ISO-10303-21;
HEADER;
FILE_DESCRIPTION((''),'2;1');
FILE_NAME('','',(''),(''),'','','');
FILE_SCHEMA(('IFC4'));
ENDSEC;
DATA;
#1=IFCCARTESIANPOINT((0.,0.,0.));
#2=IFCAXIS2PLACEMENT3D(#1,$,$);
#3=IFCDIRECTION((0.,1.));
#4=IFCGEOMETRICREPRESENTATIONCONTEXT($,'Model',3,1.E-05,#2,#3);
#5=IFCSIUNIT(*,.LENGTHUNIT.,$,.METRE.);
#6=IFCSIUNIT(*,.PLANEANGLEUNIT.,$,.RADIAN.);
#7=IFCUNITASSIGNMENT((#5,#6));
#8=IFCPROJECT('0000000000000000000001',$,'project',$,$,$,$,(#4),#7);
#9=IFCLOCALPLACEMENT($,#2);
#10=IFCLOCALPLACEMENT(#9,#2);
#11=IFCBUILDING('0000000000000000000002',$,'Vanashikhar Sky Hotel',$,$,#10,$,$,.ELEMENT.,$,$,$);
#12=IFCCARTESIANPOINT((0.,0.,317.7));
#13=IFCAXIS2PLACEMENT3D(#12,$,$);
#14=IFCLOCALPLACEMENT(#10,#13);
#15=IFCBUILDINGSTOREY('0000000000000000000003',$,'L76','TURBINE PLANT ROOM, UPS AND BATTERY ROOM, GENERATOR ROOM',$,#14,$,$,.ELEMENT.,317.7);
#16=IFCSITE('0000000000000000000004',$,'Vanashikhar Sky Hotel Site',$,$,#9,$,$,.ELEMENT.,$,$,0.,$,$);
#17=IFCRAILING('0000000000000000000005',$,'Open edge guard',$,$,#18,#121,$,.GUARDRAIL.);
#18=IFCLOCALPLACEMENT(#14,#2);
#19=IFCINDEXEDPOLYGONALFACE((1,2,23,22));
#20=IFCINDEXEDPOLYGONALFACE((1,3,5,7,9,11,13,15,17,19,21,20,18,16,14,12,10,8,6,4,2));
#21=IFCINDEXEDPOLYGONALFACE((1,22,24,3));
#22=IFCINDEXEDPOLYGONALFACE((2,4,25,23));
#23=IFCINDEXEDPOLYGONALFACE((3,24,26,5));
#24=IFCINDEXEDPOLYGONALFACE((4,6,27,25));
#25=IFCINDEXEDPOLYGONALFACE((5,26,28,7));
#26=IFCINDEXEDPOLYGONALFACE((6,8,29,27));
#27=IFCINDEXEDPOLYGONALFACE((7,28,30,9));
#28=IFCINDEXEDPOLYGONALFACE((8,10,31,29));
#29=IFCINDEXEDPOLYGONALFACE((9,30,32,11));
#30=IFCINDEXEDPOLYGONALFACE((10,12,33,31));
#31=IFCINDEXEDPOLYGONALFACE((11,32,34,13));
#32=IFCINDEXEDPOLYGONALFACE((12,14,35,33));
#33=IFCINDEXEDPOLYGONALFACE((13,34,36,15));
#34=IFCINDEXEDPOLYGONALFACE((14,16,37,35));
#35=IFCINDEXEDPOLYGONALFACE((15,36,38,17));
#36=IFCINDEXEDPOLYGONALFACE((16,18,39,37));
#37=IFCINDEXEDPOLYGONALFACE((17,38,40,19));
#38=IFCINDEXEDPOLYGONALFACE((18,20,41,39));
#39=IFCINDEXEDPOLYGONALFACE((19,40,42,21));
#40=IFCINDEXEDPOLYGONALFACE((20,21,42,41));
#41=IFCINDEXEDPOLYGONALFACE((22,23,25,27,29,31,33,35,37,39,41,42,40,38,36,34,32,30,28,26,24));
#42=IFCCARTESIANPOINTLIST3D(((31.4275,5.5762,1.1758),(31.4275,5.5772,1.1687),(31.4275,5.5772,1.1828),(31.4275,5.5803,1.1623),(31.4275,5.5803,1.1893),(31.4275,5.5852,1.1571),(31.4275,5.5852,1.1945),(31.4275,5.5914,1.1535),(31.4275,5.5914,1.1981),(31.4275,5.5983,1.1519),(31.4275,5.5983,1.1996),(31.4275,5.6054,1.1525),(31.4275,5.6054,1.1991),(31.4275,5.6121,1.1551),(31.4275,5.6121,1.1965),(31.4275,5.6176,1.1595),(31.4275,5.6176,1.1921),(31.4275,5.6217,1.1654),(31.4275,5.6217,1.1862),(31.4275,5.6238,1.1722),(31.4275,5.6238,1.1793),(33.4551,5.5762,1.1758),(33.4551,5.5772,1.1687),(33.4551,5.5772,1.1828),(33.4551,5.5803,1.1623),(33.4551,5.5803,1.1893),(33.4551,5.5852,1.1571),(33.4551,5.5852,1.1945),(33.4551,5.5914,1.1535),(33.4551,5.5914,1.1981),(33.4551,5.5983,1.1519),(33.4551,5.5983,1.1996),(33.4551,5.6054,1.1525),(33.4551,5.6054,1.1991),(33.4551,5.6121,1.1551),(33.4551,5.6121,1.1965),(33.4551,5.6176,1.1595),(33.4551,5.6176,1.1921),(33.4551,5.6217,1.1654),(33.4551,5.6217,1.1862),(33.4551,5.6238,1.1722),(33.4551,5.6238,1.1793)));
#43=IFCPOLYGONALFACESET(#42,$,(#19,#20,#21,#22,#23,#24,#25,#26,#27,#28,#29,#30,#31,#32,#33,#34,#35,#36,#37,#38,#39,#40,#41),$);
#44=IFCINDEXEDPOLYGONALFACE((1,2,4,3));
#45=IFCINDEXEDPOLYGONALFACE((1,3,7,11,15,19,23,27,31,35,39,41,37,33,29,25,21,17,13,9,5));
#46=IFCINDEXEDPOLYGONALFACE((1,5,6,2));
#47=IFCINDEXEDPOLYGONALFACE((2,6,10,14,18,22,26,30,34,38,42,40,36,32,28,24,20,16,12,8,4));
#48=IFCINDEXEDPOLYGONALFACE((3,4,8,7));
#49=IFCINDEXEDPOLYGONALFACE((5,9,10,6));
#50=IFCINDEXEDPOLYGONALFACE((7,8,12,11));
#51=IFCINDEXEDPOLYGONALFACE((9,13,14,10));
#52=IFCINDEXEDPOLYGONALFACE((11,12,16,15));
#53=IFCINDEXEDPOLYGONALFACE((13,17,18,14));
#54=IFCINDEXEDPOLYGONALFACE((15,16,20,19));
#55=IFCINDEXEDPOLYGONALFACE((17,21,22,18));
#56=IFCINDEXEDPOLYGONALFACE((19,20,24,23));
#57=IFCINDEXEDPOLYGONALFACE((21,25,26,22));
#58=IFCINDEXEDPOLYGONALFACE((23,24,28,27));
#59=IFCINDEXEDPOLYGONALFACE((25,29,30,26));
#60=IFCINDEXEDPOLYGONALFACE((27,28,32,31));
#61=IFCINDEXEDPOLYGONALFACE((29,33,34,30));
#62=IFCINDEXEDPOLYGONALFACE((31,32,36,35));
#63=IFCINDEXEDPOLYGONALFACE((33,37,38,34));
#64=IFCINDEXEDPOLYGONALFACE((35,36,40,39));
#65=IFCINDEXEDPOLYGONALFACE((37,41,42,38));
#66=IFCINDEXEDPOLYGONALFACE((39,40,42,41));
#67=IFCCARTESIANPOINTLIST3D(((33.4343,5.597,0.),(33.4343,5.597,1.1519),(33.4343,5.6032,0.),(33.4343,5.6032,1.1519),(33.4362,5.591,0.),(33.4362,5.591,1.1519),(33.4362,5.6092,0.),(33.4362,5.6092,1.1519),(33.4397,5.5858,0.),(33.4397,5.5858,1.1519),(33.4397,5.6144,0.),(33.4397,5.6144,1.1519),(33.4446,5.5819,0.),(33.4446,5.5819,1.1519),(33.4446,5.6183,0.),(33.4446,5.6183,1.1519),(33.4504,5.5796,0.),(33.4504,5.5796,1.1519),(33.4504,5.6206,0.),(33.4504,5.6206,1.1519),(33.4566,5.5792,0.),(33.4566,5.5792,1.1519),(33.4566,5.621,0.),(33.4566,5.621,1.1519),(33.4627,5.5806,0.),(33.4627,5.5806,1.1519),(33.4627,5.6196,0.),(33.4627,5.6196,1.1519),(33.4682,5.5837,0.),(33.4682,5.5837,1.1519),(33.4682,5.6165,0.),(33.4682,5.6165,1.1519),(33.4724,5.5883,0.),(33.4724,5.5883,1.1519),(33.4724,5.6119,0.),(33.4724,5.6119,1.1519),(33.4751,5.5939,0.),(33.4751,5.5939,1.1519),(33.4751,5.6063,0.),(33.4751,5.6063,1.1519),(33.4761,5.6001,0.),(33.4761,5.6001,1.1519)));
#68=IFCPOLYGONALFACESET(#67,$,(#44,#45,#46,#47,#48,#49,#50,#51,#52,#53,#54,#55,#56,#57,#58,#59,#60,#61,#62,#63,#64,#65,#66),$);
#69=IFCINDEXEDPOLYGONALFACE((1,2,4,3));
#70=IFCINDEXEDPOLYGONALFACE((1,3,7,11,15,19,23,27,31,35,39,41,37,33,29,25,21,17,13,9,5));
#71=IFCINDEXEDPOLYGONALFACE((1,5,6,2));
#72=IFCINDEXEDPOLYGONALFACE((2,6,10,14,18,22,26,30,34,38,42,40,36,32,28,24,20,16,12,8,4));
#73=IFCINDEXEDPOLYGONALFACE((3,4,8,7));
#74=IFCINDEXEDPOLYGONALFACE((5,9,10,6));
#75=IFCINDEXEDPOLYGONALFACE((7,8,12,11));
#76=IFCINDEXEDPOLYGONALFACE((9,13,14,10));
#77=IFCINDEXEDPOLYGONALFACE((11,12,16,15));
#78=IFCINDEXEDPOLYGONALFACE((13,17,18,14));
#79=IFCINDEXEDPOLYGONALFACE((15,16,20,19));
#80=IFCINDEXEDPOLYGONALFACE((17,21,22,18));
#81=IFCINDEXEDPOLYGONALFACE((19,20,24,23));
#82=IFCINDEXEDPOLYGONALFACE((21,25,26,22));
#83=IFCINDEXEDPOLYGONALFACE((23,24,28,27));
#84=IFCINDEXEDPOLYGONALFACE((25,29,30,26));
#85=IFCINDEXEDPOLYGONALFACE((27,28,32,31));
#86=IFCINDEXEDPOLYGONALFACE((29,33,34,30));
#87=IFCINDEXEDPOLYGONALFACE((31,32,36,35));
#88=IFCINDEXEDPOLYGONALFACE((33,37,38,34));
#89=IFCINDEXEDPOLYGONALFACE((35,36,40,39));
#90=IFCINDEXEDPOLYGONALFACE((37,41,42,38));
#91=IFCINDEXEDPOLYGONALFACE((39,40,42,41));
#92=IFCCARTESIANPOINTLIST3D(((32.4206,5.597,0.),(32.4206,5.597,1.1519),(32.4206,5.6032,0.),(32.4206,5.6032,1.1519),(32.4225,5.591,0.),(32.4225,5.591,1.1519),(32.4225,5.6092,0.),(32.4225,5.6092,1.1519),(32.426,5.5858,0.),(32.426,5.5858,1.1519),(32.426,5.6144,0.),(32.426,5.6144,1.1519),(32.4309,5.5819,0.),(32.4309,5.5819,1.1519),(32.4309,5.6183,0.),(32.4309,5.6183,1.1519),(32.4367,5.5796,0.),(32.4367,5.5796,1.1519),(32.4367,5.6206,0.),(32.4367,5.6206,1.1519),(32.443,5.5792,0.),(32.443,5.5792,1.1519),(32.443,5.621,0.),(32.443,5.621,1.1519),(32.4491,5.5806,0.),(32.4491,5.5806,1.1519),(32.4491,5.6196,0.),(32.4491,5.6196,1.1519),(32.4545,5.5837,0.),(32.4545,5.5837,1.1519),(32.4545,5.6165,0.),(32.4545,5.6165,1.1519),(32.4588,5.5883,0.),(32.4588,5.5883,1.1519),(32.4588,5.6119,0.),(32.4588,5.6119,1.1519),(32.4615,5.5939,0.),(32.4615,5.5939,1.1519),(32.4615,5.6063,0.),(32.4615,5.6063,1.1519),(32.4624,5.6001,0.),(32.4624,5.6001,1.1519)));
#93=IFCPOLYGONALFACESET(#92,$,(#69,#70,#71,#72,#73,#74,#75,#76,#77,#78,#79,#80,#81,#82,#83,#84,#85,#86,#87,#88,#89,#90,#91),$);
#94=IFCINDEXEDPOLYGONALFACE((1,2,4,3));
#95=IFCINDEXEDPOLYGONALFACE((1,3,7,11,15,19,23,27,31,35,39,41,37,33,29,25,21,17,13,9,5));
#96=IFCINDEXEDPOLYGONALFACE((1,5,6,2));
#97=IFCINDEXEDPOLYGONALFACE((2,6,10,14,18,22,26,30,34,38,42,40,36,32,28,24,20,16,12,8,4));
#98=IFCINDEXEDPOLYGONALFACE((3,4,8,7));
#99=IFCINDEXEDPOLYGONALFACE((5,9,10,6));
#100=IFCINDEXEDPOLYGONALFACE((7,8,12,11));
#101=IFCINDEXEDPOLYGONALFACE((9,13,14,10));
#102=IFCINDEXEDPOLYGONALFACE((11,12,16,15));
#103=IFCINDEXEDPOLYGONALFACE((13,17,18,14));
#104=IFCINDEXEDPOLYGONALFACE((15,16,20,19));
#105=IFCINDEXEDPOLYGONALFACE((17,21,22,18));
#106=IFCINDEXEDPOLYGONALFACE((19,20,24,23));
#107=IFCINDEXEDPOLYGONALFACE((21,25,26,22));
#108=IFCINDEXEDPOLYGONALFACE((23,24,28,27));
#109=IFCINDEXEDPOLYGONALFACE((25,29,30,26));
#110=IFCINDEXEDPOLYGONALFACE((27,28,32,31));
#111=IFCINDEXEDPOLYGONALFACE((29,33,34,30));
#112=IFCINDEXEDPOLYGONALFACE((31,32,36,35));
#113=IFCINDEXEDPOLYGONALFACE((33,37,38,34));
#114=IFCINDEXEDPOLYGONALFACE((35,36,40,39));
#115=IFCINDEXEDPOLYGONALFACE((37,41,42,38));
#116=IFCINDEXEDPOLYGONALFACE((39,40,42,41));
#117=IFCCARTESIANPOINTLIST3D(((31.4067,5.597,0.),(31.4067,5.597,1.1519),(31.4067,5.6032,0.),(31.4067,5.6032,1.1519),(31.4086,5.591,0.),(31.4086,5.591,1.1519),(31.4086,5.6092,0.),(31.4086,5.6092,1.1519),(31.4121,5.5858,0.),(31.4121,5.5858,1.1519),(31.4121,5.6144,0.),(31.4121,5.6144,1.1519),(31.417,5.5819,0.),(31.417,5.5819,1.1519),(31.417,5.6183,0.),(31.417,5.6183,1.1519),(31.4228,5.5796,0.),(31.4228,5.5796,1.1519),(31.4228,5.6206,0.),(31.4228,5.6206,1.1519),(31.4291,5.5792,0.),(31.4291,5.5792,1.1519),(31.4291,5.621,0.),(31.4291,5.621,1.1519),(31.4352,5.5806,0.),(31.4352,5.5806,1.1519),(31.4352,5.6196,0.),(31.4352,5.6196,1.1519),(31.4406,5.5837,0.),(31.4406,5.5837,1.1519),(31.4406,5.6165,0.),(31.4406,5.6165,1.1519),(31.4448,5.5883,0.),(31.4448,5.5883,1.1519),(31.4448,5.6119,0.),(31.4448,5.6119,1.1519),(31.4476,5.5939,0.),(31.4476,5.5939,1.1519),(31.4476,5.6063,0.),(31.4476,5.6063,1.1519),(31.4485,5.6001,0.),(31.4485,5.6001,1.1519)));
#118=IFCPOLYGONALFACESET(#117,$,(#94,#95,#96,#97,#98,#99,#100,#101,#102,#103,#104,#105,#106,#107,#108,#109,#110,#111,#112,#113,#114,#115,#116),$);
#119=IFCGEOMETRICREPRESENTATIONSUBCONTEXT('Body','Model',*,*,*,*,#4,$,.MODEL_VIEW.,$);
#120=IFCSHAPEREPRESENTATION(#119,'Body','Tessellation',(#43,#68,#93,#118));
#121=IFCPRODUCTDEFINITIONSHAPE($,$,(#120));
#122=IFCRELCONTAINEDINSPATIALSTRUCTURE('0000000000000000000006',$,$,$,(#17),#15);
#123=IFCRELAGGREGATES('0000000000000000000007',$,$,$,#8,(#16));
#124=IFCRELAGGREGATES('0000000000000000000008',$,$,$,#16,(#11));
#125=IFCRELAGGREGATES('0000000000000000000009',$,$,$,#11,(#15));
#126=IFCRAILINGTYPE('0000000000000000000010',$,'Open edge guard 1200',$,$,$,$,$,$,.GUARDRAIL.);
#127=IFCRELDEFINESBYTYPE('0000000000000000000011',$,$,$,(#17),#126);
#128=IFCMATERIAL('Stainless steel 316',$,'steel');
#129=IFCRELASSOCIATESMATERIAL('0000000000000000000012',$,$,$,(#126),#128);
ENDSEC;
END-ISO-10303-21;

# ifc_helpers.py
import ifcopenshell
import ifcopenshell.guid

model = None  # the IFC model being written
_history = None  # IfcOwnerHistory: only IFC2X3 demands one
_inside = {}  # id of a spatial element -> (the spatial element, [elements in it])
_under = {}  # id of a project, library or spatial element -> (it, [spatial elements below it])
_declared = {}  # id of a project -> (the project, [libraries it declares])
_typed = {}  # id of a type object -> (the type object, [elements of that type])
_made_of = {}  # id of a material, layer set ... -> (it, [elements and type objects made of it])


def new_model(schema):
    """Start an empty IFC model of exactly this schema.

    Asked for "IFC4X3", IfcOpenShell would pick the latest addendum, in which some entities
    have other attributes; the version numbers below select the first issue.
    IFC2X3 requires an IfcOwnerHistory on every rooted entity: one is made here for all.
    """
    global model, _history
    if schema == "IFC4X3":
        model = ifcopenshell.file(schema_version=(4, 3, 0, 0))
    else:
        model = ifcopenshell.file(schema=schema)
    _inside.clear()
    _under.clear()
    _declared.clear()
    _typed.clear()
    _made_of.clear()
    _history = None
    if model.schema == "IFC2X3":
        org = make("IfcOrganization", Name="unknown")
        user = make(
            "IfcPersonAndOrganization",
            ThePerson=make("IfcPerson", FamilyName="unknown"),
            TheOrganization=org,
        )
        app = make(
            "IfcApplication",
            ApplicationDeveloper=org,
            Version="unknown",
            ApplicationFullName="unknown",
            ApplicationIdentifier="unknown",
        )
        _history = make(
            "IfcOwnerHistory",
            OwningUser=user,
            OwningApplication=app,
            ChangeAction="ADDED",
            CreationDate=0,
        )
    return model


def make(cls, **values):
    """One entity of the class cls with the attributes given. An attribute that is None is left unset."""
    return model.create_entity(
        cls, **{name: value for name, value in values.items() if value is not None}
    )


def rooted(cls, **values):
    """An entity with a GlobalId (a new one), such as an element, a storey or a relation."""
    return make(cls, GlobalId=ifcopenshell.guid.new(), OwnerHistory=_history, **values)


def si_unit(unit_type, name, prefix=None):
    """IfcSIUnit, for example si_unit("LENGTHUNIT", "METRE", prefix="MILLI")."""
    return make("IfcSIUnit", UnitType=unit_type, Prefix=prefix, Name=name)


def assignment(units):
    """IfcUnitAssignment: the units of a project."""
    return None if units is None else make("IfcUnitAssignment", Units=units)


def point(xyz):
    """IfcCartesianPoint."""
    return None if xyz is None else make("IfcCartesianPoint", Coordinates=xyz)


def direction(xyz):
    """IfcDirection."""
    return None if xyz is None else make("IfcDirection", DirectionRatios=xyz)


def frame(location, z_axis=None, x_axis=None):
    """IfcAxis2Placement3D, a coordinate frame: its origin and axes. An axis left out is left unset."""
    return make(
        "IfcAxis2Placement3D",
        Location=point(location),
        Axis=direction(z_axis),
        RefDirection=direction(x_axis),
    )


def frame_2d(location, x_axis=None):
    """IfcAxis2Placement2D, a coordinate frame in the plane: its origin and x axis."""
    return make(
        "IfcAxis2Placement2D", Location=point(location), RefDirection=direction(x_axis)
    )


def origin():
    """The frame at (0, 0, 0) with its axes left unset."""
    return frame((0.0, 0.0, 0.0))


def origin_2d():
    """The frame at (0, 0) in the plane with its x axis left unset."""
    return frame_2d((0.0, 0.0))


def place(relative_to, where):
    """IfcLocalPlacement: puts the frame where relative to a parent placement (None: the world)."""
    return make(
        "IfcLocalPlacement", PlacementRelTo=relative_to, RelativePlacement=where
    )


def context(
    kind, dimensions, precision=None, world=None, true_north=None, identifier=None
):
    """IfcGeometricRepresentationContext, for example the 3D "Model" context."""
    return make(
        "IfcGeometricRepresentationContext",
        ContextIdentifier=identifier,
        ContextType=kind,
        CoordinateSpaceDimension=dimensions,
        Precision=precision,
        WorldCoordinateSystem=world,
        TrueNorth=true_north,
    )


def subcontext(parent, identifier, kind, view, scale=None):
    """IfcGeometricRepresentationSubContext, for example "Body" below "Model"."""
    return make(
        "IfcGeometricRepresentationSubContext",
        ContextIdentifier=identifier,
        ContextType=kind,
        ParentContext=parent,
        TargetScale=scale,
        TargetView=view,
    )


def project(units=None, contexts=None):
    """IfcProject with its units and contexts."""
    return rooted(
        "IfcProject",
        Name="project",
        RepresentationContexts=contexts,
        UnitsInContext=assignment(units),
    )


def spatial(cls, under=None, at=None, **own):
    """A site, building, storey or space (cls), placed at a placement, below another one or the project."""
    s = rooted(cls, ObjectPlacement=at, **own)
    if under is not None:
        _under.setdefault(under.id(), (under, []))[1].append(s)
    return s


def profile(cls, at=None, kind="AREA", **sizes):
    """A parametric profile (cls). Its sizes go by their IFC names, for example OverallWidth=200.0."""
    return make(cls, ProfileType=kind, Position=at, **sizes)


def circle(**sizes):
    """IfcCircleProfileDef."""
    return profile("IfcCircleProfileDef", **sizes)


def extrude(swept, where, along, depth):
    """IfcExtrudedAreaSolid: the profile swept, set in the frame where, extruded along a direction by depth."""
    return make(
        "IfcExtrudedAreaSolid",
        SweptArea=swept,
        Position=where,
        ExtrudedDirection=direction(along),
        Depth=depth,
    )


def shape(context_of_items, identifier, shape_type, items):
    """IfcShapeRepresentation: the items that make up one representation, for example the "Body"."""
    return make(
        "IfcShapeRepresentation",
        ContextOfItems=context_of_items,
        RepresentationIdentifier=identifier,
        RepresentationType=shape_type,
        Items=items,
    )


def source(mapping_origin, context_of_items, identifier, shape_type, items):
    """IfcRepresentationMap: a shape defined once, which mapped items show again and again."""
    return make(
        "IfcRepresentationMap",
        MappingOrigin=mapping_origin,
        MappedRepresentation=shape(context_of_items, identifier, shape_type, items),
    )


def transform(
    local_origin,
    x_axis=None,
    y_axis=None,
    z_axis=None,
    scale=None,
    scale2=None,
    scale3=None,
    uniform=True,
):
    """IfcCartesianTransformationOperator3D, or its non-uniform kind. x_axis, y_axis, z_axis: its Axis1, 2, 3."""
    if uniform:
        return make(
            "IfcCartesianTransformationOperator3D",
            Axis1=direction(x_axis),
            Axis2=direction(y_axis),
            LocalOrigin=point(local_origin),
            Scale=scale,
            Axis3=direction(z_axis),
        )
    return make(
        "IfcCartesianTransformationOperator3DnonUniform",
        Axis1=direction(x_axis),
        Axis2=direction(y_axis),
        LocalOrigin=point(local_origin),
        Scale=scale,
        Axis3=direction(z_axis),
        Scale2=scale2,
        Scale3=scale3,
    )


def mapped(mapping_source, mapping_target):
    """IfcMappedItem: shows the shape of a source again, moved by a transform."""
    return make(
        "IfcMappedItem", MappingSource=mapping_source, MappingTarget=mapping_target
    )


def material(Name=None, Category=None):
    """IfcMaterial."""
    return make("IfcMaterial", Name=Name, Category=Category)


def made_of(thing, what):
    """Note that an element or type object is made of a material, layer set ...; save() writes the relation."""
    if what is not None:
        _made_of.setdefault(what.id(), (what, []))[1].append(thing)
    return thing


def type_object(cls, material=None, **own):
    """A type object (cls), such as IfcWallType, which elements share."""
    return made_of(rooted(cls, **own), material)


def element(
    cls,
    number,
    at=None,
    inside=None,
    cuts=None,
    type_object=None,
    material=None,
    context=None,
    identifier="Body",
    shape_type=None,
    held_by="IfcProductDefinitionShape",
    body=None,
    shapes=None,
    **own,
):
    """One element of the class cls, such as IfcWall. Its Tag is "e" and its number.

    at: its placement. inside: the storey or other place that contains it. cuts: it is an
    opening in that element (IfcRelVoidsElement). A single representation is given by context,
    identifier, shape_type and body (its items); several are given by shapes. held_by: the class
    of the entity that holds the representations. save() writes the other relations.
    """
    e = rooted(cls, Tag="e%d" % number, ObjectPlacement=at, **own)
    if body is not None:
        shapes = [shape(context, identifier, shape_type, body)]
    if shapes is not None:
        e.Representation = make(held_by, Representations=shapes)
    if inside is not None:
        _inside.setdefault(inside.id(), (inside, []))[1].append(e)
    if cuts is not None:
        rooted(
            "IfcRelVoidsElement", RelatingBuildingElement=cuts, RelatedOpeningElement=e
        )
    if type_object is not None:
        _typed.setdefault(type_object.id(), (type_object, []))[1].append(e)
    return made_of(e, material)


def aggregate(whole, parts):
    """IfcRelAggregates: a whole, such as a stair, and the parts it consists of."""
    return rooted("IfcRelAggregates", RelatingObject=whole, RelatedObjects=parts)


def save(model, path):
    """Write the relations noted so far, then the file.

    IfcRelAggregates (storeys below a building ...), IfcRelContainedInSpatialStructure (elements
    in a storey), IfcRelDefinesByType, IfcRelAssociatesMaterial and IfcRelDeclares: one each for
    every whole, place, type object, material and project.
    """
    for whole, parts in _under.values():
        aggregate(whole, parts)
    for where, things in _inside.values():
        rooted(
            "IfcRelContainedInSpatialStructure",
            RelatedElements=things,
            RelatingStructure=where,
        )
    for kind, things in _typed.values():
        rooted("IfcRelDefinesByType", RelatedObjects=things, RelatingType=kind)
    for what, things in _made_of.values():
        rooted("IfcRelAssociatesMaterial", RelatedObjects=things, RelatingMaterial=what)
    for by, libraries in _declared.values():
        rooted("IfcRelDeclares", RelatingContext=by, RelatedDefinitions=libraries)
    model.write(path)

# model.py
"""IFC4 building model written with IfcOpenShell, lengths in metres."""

from ifc_helpers import new_model, si_unit, direction, frame, origin, origin_2d, place, context, subcontext, project, spatial, circle, extrude, source, transform, mapped, material, type_object, element, save


model = new_model("IFC4")

# Units and contexts
model_context = context("Model", 3, precision=1e-05, world=origin(), true_north=direction((0.0, 1.0)))
body_context = subcontext(model_context, "Body", "Model", "MODEL_VIEW")
ifc_project = project(units=[si_unit("LENGTHUNIT", "METRE"), si_unit("PLANEANGLEUNIT", "RADIAN")], contexts=[model_context])

# Site, building, storey
site_placement = place(None, origin())
site = spatial("IfcSite", under=ifc_project, at=site_placement, Name="Vanashikhar Sky Hotel Site", CompositionType="ELEMENT", RefElevation=0.0)
building_placement = place(site_placement, origin())
building = spatial("IfcBuilding", under=site, at=building_placement, Name="Vanashikhar Sky Hotel", CompositionType="ELEMENT")
storey_placement = place(building_placement, frame((0.0, 0.0, 317.7)))
storey = spatial("IfcBuildingStorey", under=building, at=storey_placement, Name="L76", Description="TURBINE PLANT ROOM, UPS AND BATTERY ROOM, GENERATOR ROOM", CompositionType="ELEMENT", Elevation=317.7)

# Railing
ifc_material_1 = material(Name="Stainless steel 316", Category="steel")
railing_type = type_object("IfcRailingType", Name="Open edge guard 1200", PredefinedType="GUARDRAIL", material=ifc_material_1)
shared_shape_1 = source(origin(), body_context, "Body", "SweptSolid", [
    extrude(circle(Radius=0.0239, at=origin_2d()), frame((0.0, 0.0, 1.1758), z_axis=(-1.0, 0.0, 0.0), x_axis=(0.0, -1.0, 0.0)), (0.0, 0.0, 1.0), 2.0276),
    extrude(circle(Radius=0.021, at=origin_2d()), origin(), (0.0, 0.0, 1.0), 1.1519),
    extrude(circle(Radius=0.021, at=origin_2d()), frame((-1.0137, 0.0, 0.0)), (0.0, 0.0, 1.0), 1.1519),
    extrude(circle(Radius=0.021, at=origin_2d()), frame((-2.0276, 0.0, 0.0)), (0.0, 0.0, 1.0), 1.1519),
])
for number, where, name in (
    (1, (33.4551, 5.6001, 0.0), "Open edge guard"),
):
    element("IfcRailing", number, at=place(storey_placement, frame(where)), inside=storey, type_object=railing_type, Name=name, PredefinedType="GUARDRAIL", context=body_context, shape_type="MappedRepresentation", body=[
        mapped(shared_shape_1, transform((0.0, 0.0, 0.0), scale=1.0)),
    ])

save(model, "model.ifc")
